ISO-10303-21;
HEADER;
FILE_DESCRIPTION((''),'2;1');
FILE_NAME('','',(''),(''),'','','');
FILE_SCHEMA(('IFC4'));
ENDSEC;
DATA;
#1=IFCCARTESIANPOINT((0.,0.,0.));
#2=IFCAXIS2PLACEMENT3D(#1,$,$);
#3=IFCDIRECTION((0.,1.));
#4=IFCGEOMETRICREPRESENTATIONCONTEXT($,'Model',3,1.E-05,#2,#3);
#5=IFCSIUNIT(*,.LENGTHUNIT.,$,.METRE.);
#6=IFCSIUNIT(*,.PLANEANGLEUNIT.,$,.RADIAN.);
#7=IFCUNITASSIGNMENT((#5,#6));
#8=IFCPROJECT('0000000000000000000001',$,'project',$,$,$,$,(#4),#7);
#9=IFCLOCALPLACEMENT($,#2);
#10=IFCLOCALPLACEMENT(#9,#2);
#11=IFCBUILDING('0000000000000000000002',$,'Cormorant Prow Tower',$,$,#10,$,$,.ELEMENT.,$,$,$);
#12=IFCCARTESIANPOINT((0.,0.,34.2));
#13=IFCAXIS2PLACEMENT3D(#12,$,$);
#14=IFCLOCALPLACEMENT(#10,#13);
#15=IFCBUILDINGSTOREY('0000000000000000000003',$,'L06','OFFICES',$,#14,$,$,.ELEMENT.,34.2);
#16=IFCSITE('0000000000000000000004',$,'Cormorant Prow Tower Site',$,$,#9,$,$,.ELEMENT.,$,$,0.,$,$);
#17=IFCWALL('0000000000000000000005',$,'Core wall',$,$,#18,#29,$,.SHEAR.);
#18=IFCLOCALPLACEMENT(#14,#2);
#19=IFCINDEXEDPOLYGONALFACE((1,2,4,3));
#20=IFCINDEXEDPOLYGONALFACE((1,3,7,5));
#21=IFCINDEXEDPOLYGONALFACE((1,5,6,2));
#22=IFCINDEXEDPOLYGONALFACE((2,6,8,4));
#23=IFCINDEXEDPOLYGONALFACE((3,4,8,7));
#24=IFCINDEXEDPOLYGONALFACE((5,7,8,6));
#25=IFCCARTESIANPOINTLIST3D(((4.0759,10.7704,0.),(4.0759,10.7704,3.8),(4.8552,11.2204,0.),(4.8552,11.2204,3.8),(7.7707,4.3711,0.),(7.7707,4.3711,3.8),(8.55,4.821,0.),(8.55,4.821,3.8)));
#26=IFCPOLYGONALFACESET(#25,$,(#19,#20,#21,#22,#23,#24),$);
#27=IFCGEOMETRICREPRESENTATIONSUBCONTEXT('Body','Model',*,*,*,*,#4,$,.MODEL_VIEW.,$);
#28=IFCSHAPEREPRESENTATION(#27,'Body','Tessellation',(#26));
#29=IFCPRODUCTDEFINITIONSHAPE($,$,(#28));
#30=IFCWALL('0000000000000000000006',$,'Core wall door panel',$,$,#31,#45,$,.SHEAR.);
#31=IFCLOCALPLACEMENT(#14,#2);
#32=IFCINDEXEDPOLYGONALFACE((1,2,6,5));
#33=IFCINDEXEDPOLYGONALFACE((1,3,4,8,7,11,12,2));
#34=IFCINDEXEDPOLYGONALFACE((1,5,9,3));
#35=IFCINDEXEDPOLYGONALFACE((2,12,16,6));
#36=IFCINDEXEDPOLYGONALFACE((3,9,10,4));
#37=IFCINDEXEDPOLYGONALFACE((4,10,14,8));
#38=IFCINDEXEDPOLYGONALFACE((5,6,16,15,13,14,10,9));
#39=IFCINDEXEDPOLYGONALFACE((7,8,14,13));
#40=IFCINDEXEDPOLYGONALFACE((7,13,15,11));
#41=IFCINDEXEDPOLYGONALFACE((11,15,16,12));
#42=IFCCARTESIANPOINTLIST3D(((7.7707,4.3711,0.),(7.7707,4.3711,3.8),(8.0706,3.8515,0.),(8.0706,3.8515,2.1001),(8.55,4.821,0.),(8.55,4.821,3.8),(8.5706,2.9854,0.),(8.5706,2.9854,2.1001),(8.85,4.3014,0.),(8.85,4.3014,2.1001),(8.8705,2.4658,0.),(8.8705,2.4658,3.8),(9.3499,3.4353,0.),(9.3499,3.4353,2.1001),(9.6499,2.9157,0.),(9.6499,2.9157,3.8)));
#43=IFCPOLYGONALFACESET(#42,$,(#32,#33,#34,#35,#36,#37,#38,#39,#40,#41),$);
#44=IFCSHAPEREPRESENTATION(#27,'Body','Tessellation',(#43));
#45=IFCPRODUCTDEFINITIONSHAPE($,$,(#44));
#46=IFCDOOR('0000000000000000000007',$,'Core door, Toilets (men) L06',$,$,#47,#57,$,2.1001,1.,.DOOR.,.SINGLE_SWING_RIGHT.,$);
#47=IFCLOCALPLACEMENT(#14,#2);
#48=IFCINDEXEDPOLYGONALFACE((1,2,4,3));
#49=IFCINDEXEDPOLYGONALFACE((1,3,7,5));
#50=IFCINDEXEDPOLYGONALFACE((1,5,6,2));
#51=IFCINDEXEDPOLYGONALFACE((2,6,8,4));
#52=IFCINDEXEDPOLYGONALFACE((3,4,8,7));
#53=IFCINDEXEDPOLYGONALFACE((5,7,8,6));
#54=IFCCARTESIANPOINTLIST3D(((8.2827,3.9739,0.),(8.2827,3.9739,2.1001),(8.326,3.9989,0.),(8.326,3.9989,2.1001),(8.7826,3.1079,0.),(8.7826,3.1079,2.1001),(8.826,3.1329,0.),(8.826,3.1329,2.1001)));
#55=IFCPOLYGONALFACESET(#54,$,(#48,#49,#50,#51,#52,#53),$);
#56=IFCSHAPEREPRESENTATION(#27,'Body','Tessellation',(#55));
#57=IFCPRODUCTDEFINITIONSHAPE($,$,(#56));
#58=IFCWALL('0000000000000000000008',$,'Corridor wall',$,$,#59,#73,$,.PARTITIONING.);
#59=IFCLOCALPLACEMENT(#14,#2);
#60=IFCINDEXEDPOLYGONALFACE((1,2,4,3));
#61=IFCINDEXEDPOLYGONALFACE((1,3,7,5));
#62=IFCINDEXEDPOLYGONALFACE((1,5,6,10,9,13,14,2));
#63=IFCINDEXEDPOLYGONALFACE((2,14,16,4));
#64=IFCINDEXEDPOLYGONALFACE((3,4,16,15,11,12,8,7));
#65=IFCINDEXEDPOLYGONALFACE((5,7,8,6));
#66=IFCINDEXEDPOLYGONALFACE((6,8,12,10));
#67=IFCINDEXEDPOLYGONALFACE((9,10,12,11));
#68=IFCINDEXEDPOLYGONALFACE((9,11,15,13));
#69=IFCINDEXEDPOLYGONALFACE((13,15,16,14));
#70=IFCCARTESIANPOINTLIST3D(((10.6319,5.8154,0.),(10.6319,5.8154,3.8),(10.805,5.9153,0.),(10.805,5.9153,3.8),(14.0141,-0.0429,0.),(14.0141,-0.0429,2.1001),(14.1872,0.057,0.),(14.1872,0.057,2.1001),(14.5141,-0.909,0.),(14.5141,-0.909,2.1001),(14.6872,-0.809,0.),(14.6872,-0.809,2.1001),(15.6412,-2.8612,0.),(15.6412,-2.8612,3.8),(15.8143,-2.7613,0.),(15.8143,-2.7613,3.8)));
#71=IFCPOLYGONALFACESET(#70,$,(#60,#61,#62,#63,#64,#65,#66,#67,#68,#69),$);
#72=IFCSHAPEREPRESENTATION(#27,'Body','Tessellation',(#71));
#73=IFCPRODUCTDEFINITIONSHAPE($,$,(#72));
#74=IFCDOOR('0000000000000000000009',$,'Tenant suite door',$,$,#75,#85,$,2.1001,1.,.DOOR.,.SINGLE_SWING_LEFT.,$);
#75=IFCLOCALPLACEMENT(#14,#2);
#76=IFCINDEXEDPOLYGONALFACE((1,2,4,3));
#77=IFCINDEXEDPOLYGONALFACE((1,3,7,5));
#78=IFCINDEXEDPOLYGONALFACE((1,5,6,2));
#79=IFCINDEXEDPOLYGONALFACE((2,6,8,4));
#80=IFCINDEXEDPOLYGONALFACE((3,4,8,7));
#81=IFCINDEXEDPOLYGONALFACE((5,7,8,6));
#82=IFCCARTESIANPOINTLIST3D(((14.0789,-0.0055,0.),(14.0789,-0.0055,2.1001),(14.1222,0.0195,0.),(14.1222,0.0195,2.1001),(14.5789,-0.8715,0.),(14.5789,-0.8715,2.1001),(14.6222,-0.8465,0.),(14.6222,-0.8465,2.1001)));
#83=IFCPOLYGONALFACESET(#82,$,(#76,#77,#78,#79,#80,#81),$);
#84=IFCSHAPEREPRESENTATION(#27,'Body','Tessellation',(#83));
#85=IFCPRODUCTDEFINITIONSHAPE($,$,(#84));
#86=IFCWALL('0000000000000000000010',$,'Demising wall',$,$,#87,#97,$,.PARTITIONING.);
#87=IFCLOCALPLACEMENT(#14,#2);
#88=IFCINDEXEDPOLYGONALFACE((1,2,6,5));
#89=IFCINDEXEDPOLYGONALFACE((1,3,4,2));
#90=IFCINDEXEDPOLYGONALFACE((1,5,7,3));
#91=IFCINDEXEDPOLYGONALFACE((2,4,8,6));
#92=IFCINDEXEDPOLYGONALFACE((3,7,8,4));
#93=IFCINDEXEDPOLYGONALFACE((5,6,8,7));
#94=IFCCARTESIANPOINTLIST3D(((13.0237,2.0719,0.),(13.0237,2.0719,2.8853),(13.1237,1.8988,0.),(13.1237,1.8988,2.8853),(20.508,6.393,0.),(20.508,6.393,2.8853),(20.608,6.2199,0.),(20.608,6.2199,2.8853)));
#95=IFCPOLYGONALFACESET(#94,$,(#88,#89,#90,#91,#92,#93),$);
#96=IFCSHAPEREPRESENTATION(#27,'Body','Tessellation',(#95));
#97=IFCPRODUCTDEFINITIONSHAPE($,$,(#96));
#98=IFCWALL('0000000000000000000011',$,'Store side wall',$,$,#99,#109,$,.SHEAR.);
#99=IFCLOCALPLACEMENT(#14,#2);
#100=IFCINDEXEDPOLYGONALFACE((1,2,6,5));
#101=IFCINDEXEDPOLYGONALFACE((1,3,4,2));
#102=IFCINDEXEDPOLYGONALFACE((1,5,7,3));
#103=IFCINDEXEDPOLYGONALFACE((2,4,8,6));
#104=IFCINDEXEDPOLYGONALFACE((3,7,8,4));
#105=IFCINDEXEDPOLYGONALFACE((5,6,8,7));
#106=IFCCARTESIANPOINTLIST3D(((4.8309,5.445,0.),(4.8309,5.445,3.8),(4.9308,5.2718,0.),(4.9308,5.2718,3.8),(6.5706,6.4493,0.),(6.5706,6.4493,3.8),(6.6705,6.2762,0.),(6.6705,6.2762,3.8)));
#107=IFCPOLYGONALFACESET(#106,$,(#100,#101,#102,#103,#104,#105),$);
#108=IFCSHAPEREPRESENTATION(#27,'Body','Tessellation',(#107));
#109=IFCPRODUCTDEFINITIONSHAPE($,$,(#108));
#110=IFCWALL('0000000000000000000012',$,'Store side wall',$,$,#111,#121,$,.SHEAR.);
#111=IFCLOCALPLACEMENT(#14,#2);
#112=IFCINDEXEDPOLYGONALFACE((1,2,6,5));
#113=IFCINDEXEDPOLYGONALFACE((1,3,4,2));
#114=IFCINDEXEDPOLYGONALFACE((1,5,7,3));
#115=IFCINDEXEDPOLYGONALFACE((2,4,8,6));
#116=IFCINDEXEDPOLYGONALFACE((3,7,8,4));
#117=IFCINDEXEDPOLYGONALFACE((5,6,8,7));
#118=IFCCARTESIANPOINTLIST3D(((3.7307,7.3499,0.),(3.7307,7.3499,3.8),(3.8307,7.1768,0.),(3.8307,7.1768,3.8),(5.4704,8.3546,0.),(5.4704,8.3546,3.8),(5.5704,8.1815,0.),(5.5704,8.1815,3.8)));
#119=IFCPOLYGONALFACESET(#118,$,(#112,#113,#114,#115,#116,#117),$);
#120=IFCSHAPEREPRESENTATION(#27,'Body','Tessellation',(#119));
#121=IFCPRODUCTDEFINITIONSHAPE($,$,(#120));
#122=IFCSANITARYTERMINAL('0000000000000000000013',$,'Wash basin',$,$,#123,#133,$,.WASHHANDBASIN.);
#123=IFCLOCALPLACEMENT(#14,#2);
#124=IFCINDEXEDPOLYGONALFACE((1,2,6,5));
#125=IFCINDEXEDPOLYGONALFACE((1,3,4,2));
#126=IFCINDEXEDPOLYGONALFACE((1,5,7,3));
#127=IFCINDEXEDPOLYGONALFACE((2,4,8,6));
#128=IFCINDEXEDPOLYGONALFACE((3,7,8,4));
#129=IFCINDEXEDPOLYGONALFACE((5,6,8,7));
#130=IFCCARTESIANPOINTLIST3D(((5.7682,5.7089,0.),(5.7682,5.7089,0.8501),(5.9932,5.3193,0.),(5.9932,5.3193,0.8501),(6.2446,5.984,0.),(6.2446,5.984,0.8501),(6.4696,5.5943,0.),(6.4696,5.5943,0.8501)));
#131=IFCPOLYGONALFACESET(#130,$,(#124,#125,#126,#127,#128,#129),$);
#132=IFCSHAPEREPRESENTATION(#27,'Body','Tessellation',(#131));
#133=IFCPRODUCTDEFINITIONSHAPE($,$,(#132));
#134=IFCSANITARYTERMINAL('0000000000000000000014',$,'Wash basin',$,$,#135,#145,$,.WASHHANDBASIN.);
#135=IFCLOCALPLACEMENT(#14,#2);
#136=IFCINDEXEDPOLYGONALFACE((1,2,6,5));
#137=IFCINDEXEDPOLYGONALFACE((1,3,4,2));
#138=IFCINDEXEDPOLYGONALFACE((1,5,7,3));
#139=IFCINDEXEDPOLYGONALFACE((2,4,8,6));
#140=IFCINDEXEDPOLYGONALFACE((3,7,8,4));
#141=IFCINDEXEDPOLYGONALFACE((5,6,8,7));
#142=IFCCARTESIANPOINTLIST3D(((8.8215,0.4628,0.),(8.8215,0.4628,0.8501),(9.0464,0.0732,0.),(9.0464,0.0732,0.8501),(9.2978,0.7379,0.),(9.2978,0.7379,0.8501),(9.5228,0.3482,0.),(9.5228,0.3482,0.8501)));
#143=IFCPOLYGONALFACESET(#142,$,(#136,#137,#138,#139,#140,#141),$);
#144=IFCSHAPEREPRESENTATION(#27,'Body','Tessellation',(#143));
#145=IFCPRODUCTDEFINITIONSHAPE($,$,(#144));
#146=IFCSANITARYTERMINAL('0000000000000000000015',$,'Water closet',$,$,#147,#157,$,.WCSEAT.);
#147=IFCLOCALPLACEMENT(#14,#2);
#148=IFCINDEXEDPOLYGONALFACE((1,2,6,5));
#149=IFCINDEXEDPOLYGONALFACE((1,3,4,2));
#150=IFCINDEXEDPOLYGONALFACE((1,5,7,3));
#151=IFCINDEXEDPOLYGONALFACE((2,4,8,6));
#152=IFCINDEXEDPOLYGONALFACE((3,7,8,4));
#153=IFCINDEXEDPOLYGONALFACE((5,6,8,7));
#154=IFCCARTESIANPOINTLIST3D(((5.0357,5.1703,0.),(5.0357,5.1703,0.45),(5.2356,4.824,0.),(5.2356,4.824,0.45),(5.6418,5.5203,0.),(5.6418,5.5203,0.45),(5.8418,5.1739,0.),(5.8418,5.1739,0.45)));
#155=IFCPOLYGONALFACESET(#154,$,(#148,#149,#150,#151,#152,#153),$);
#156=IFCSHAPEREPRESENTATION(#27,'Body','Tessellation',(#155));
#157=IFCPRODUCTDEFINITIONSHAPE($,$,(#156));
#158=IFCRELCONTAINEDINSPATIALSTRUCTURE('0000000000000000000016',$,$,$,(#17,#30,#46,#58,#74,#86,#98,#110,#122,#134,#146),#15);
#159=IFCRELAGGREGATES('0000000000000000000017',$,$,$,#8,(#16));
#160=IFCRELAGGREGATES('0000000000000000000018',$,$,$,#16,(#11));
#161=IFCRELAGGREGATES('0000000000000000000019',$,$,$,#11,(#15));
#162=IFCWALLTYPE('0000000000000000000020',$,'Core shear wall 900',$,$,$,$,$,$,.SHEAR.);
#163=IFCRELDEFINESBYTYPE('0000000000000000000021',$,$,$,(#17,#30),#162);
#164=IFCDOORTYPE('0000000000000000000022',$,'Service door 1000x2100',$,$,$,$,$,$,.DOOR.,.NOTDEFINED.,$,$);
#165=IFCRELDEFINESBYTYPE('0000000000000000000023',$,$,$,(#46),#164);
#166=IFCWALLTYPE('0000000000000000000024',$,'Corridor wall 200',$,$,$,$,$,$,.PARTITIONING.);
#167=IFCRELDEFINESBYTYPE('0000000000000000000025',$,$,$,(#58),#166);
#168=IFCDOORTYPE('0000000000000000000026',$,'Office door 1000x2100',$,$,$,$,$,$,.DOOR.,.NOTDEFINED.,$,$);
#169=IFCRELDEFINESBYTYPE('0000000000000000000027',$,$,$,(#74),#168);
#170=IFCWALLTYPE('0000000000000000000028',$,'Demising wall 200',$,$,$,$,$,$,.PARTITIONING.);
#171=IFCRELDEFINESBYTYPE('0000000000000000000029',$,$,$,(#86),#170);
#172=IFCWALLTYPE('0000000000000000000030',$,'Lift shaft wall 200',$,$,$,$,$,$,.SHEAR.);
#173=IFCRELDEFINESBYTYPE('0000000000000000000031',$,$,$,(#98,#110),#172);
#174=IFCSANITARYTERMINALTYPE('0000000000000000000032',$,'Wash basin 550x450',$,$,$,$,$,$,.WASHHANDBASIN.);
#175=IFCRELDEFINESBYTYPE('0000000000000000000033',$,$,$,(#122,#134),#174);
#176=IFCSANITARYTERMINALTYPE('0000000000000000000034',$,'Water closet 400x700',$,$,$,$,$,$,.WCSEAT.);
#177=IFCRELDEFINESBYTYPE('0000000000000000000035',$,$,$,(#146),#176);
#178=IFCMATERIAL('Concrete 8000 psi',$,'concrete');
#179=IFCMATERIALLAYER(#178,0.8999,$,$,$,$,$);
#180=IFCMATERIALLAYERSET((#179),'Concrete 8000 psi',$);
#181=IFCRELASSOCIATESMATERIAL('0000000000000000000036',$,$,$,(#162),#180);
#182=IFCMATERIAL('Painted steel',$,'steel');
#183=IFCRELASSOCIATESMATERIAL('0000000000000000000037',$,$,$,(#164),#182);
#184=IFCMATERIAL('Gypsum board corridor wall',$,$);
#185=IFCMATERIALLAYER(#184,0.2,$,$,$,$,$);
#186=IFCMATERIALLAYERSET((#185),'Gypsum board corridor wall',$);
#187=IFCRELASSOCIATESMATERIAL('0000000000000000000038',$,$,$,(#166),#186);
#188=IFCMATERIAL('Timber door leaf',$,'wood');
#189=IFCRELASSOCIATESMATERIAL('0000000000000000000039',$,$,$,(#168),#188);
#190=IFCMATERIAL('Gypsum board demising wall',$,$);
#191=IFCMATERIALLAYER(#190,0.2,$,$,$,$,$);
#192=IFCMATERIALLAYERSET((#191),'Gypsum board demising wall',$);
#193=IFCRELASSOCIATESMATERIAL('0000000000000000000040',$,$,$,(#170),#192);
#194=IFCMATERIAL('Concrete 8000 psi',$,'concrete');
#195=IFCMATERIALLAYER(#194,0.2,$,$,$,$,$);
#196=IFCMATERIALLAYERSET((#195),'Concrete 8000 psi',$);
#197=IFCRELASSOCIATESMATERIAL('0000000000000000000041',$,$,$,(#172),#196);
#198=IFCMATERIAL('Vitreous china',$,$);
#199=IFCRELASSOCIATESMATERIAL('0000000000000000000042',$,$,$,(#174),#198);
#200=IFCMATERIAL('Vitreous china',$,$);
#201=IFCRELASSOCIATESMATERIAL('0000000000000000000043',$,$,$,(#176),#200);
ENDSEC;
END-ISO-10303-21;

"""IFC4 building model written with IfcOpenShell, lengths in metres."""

from ifc_helpers import new_model, si_unit, direction, frame, frame_2d, origin, origin_2d, place, context, subcontext, project, spatial, rectangle, extrude, material, layer, layer_set, type_object, element, fill, save


model = new_model("IFC4")

# Units and contexts
model_context = context("Model", 3, precision=1e-05, world=origin(), true_north=direction((0.0, 1.0)))
body_context = subcontext(model_context, "Body", "Model", "MODEL_VIEW")
ifc_project = project(units=[si_unit("LENGTHUNIT", "METRE"), si_unit("PLANEANGLEUNIT", "RADIAN")], contexts=[model_context])

# Site, building, storey
site_placement = place(None, origin())
site = spatial("IfcSite", under=ifc_project, at=site_placement, Name="Cormorant Prow Tower Site", CompositionType="ELEMENT", RefElevation=0.0)
building_placement = place(site_placement, origin())
building = spatial("IfcBuilding", under=site, at=building_placement, Name="Cormorant Prow Tower", CompositionType="ELEMENT")
storey_placement = place(building_placement, frame((0.0, 0.0, 34.2)))
storey = spatial("IfcBuildingStorey", under=building, at=storey_placement, Name="L06", Description="OFFICES", CompositionType="ELEMENT", Elevation=34.2)

# Wall
ifc_material_1 = material(Name="Concrete 8000 psi", Category="concrete")
ifc_layer_1 = layer(ifc_material_1, 0.8999)
ifc_layer_set_1 = layer_set([ifc_layer_1], Name="Concrete 8000 psi")
wall_type_1 = type_object("IfcWallType", Name="Core shear wall 900", PredefinedType="SHEAR", material=ifc_layer_set_1)
wall_1_placement = place(storey_placement, frame((8.1604, 4.5959, 0.0), z_axis=(0.0, 0.0, 1.0), x_axis=(-0.500012, 0.866018, 0.0)))
element("IfcWall", 1, at=wall_1_placement, inside=storey, type_object=wall_type_1, Name="Core wall", PredefinedType="SHEAR", context=body_context, shape_type="SweptSolid", body=[
    extrude(rectangle(XDim=7.3894, YDim=0.8999, at=frame_2d((3.6948, 0.0))), origin(), (0.0, 0.0, 1.0), 3.8),
])

# Walls, openings, doors
wall_2_placement = place(storey_placement, frame((9.2603, 2.6907, 0.0), z_axis=(0.0, 0.0, 1.0), x_axis=(-0.499947, 0.866056, 0.0)))
wall_2 = element("IfcWall", 2, at=wall_2_placement, inside=storey, type_object=wall_type_1, Name="Core wall door panel", PredefinedType="SHEAR", context=body_context, shape_type="SweptSolid", body=[
    extrude(rectangle(XDim=2.2, YDim=0.8999, at=frame_2d((1.1001, 0.0))), origin(), (0.0, 0.0, 1.0), 3.8),
])
opening_1_placement = place(wall_2_placement, frame((0.6001, 0.0, 0.0)))
opening_1 = element("IfcOpeningElement", 3, at=opening_1_placement, cuts=wall_2, PredefinedType="OPENING", context=body_context, shape_type="SweptSolid", body=[
    extrude(rectangle(XDim=1.0, YDim=2.1001, at=frame_2d((0.5, 1.05))), frame((0.0, 0.46, 0.0), z_axis=(0.0, -1.0, 0.0), x_axis=(1.0, 0.0, 0.0)), (0.0, 0.0, 1.0), 0.9199),
])
ifc_material_2 = material(Name="Painted steel", Category="steel")
door_type_1 = type_object("IfcDoorType", Name="Service door 1000x2100", OperationType="NOTDEFINED", PredefinedType="DOOR", material=ifc_material_2)
door_1_placement = place(opening_1_placement, origin())
door_1 = element("IfcDoor", 4, at=door_1_placement, inside=storey, type_object=door_type_1, Name="Core door, Toilets (men) L06", OperationType="SINGLE_SWING_RIGHT", OverallHeight=2.1001, OverallWidth=1.0, PredefinedType="DOOR", context=body_context, shape_type="SweptSolid", body=[
    extrude(rectangle(XDim=1.0, YDim=2.1001, at=frame_2d((0.5, 1.05))), frame((0.0, 0.2051, 0.0), z_axis=(0.0, -1.0, 0.0), x_axis=(1.0, 0.0, 0.0)), (0.0, 0.0, 1.0), 0.05),
])
fill(opening_1, door_1)
ifc_material_3 = material(Name="Gypsum board corridor wall")
ifc_layer_2 = layer(ifc_material_3, 0.2)
ifc_layer_set_2 = layer_set([ifc_layer_2], Name="Gypsum board corridor wall")
wall_type_2 = type_object("IfcWallType", Name="Corridor wall 200", PredefinedType="PARTITIONING", material=ifc_layer_set_2)
wall_3_placement = place(storey_placement, frame((10.7185, 5.8652, 0.0), z_axis=(0.0, 0.0, 1.0), x_axis=(0.499992, -0.86603, 0.0)))
wall_3 = element("IfcWall", 5, at=wall_3_placement, inside=storey, type_object=wall_type_2, Name="Corridor wall", PredefinedType="PARTITIONING", context=body_context, shape_type="SweptSolid", body=[
    extrude(rectangle(XDim=10.0188, YDim=0.2, at=frame_2d((5.0093, 0.0))), origin(), (0.0, 0.0, 1.0), 3.8),
])
opening_2_placement = place(wall_3_placement, frame((6.7644, 0.0, 0.0)))
opening_2 = element("IfcOpeningElement", 6, at=opening_2_placement, cuts=wall_3, PredefinedType="OPENING", context=body_context, shape_type="SweptSolid", body=[
    extrude(rectangle(XDim=1.0, YDim=2.1001, at=frame_2d((0.5, 1.05))), frame((0.0, 0.1099, 0.0), z_axis=(0.0, -1.0, 0.0), x_axis=(1.0, 0.0, 0.0)), (0.0, 0.0, 1.0), 0.22),
])
ifc_material_4 = material(Name="Timber door leaf", Category="wood")
door_type_2 = type_object("IfcDoorType", Name="Office door 1000x2100", OperationType="NOTDEFINED", PredefinedType="DOOR", material=ifc_material_4)
door_2_placement = place(opening_2_placement, origin())
door_2 = element("IfcDoor", 7, at=door_2_placement, inside=storey, type_object=door_type_2, Name="Tenant suite door", OperationType="SINGLE_SWING_LEFT", OverallHeight=2.1001, OverallWidth=1.0, PredefinedType="DOOR", context=body_context, shape_type="SweptSolid", body=[
    extrude(rectangle(XDim=1.0, YDim=2.1001, at=frame_2d((0.5, 1.05))), frame((0.0, 0.0249, 0.0), z_axis=(0.0, -1.0, 0.0), x_axis=(1.0, 0.0, 0.0)), (0.0, 0.0, 1.0), 0.05),
])
fill(opening_2, door_2)

# Walls
ifc_material_5 = material(Name="Gypsum board demising wall")
ifc_layer_3 = layer(ifc_material_5, 0.2)
ifc_layer_set_3 = layer_set([ifc_layer_3], Name="Gypsum board demising wall")
wall_type_3 = type_object("IfcWallType", Name="Demising wall 200", PredefinedType="PARTITIONING", material=ifc_layer_set_3)
wall_4_placement = place(storey_placement, frame((13.0737, 1.9854, 0.0), z_axis=(0.0, 0.0, 1.0), x_axis=(0.866021, 0.500007, 0.0)))
element("IfcWall", 8, at=wall_4_placement, inside=storey, type_object=wall_type_3, Name="Demising wall", PredefinedType="PARTITIONING", context=body_context, shape_type="SweptSolid", body=[
    extrude(rectangle(XDim=8.6421, YDim=0.2, at=frame_2d((4.321, 0.0))), origin(), (0.0, 0.0, 1.0), 2.8853),
])
ifc_material_6 = material(Name="Concrete 8000 psi", Category="concrete")
ifc_layer_4 = layer(ifc_material_6, 0.2)
ifc_layer_set_4 = layer_set([ifc_layer_4], Name="Concrete 8000 psi")
wall_type_4 = type_object("IfcWallType", Name="Lift shaft wall 200", PredefinedType="SHEAR", material=ifc_layer_set_4)
wall_5_placement = place(storey_placement, frame((4.8809, 5.3584, 0.0), z_axis=(0.0, 0.0, 1.0), x_axis=(0.866036, 0.499982, 0.0)))
element("IfcWall", 9, at=wall_5_placement, inside=storey, type_object=wall_type_4, Name="Store side wall", PredefinedType="SHEAR", context=body_context, shape_type="SweptSolid", body=[
    extrude(rectangle(XDim=2.0088, YDim=0.2, at=frame_2d((1.0044, 0.0))), origin(), (0.0, 0.0, 1.0), 3.8),
])
wall_6_placement = place(storey_placement, frame((3.7808, 7.2634, 0.0), z_axis=(0.0, 0.0, 1.0), x_axis=(0.865983, 0.500073, 0.0)))
element("IfcWall", 10, at=wall_6_placement, inside=storey, type_object=wall_type_4, Name="Store side wall", PredefinedType="SHEAR", context=body_context, shape_type="SweptSolid", body=[
    extrude(rectangle(XDim=2.009, YDim=0.2, at=frame_2d((1.0044, 0.0))), origin(), (0.0, 0.0, 1.0), 3.8),
])

# Sanitary terminals
ifc_material_7 = material(Name="Vitreous china")
sanitary_terminal_type_1 = type_object("IfcSanitaryTerminalType", Name="Wash basin 550x450", PredefinedType="WASHHANDBASIN", material=ifc_material_7)
for number, where, z_axis, x_axis, name in (
    (11, (6.1189, 5.6516, 0.0), (0.0, 0.0, 1.0), (-0.866043, -0.49997, 0.0), "Wash basin"),
    (12, (9.1721, 0.4055, 0.0), (0.0, 0.0, 1.0), (0.866017, 0.500015, 0.0), "Wash basin"),
):
    element("IfcSanitaryTerminal", number, at=place(storey_placement, frame(where, z_axis=z_axis, x_axis=x_axis)), inside=storey, type_object=sanitary_terminal_type_1, Name=name, PredefinedType="WASHHANDBASIN", context=body_context, shape_type="SweptSolid", body=[
        extrude(rectangle(XDim=0.55, YDim=0.45, at=origin_2d()), origin(), (0.0, 0.0, 1.0), 0.8501),
    ])
ifc_material_8 = material(Name="Vitreous china")
sanitary_terminal_type_2 = type_object("IfcSanitaryTerminalType", Name="Water closet 400x700", PredefinedType="WCSEAT", material=ifc_material_8)
sanitary_terminal_placement = place(storey_placement, frame((5.4387, 5.1721, 0.0), z_axis=(0.0, 0.0, 1.0), x_axis=(0.5, -0.866025, 0.0)))
element("IfcSanitaryTerminal", 13, at=sanitary_terminal_placement, inside=storey, type_object=sanitary_terminal_type_2, Name="Water closet", PredefinedType="WCSEAT", context=body_context, shape_type="SweptSolid", body=[
    extrude(rectangle(XDim=0.3999, YDim=0.7, at=origin_2d()), origin(), (0.0, 0.0, 1.0), 0.45),
])

save(model, "model.ifc")
